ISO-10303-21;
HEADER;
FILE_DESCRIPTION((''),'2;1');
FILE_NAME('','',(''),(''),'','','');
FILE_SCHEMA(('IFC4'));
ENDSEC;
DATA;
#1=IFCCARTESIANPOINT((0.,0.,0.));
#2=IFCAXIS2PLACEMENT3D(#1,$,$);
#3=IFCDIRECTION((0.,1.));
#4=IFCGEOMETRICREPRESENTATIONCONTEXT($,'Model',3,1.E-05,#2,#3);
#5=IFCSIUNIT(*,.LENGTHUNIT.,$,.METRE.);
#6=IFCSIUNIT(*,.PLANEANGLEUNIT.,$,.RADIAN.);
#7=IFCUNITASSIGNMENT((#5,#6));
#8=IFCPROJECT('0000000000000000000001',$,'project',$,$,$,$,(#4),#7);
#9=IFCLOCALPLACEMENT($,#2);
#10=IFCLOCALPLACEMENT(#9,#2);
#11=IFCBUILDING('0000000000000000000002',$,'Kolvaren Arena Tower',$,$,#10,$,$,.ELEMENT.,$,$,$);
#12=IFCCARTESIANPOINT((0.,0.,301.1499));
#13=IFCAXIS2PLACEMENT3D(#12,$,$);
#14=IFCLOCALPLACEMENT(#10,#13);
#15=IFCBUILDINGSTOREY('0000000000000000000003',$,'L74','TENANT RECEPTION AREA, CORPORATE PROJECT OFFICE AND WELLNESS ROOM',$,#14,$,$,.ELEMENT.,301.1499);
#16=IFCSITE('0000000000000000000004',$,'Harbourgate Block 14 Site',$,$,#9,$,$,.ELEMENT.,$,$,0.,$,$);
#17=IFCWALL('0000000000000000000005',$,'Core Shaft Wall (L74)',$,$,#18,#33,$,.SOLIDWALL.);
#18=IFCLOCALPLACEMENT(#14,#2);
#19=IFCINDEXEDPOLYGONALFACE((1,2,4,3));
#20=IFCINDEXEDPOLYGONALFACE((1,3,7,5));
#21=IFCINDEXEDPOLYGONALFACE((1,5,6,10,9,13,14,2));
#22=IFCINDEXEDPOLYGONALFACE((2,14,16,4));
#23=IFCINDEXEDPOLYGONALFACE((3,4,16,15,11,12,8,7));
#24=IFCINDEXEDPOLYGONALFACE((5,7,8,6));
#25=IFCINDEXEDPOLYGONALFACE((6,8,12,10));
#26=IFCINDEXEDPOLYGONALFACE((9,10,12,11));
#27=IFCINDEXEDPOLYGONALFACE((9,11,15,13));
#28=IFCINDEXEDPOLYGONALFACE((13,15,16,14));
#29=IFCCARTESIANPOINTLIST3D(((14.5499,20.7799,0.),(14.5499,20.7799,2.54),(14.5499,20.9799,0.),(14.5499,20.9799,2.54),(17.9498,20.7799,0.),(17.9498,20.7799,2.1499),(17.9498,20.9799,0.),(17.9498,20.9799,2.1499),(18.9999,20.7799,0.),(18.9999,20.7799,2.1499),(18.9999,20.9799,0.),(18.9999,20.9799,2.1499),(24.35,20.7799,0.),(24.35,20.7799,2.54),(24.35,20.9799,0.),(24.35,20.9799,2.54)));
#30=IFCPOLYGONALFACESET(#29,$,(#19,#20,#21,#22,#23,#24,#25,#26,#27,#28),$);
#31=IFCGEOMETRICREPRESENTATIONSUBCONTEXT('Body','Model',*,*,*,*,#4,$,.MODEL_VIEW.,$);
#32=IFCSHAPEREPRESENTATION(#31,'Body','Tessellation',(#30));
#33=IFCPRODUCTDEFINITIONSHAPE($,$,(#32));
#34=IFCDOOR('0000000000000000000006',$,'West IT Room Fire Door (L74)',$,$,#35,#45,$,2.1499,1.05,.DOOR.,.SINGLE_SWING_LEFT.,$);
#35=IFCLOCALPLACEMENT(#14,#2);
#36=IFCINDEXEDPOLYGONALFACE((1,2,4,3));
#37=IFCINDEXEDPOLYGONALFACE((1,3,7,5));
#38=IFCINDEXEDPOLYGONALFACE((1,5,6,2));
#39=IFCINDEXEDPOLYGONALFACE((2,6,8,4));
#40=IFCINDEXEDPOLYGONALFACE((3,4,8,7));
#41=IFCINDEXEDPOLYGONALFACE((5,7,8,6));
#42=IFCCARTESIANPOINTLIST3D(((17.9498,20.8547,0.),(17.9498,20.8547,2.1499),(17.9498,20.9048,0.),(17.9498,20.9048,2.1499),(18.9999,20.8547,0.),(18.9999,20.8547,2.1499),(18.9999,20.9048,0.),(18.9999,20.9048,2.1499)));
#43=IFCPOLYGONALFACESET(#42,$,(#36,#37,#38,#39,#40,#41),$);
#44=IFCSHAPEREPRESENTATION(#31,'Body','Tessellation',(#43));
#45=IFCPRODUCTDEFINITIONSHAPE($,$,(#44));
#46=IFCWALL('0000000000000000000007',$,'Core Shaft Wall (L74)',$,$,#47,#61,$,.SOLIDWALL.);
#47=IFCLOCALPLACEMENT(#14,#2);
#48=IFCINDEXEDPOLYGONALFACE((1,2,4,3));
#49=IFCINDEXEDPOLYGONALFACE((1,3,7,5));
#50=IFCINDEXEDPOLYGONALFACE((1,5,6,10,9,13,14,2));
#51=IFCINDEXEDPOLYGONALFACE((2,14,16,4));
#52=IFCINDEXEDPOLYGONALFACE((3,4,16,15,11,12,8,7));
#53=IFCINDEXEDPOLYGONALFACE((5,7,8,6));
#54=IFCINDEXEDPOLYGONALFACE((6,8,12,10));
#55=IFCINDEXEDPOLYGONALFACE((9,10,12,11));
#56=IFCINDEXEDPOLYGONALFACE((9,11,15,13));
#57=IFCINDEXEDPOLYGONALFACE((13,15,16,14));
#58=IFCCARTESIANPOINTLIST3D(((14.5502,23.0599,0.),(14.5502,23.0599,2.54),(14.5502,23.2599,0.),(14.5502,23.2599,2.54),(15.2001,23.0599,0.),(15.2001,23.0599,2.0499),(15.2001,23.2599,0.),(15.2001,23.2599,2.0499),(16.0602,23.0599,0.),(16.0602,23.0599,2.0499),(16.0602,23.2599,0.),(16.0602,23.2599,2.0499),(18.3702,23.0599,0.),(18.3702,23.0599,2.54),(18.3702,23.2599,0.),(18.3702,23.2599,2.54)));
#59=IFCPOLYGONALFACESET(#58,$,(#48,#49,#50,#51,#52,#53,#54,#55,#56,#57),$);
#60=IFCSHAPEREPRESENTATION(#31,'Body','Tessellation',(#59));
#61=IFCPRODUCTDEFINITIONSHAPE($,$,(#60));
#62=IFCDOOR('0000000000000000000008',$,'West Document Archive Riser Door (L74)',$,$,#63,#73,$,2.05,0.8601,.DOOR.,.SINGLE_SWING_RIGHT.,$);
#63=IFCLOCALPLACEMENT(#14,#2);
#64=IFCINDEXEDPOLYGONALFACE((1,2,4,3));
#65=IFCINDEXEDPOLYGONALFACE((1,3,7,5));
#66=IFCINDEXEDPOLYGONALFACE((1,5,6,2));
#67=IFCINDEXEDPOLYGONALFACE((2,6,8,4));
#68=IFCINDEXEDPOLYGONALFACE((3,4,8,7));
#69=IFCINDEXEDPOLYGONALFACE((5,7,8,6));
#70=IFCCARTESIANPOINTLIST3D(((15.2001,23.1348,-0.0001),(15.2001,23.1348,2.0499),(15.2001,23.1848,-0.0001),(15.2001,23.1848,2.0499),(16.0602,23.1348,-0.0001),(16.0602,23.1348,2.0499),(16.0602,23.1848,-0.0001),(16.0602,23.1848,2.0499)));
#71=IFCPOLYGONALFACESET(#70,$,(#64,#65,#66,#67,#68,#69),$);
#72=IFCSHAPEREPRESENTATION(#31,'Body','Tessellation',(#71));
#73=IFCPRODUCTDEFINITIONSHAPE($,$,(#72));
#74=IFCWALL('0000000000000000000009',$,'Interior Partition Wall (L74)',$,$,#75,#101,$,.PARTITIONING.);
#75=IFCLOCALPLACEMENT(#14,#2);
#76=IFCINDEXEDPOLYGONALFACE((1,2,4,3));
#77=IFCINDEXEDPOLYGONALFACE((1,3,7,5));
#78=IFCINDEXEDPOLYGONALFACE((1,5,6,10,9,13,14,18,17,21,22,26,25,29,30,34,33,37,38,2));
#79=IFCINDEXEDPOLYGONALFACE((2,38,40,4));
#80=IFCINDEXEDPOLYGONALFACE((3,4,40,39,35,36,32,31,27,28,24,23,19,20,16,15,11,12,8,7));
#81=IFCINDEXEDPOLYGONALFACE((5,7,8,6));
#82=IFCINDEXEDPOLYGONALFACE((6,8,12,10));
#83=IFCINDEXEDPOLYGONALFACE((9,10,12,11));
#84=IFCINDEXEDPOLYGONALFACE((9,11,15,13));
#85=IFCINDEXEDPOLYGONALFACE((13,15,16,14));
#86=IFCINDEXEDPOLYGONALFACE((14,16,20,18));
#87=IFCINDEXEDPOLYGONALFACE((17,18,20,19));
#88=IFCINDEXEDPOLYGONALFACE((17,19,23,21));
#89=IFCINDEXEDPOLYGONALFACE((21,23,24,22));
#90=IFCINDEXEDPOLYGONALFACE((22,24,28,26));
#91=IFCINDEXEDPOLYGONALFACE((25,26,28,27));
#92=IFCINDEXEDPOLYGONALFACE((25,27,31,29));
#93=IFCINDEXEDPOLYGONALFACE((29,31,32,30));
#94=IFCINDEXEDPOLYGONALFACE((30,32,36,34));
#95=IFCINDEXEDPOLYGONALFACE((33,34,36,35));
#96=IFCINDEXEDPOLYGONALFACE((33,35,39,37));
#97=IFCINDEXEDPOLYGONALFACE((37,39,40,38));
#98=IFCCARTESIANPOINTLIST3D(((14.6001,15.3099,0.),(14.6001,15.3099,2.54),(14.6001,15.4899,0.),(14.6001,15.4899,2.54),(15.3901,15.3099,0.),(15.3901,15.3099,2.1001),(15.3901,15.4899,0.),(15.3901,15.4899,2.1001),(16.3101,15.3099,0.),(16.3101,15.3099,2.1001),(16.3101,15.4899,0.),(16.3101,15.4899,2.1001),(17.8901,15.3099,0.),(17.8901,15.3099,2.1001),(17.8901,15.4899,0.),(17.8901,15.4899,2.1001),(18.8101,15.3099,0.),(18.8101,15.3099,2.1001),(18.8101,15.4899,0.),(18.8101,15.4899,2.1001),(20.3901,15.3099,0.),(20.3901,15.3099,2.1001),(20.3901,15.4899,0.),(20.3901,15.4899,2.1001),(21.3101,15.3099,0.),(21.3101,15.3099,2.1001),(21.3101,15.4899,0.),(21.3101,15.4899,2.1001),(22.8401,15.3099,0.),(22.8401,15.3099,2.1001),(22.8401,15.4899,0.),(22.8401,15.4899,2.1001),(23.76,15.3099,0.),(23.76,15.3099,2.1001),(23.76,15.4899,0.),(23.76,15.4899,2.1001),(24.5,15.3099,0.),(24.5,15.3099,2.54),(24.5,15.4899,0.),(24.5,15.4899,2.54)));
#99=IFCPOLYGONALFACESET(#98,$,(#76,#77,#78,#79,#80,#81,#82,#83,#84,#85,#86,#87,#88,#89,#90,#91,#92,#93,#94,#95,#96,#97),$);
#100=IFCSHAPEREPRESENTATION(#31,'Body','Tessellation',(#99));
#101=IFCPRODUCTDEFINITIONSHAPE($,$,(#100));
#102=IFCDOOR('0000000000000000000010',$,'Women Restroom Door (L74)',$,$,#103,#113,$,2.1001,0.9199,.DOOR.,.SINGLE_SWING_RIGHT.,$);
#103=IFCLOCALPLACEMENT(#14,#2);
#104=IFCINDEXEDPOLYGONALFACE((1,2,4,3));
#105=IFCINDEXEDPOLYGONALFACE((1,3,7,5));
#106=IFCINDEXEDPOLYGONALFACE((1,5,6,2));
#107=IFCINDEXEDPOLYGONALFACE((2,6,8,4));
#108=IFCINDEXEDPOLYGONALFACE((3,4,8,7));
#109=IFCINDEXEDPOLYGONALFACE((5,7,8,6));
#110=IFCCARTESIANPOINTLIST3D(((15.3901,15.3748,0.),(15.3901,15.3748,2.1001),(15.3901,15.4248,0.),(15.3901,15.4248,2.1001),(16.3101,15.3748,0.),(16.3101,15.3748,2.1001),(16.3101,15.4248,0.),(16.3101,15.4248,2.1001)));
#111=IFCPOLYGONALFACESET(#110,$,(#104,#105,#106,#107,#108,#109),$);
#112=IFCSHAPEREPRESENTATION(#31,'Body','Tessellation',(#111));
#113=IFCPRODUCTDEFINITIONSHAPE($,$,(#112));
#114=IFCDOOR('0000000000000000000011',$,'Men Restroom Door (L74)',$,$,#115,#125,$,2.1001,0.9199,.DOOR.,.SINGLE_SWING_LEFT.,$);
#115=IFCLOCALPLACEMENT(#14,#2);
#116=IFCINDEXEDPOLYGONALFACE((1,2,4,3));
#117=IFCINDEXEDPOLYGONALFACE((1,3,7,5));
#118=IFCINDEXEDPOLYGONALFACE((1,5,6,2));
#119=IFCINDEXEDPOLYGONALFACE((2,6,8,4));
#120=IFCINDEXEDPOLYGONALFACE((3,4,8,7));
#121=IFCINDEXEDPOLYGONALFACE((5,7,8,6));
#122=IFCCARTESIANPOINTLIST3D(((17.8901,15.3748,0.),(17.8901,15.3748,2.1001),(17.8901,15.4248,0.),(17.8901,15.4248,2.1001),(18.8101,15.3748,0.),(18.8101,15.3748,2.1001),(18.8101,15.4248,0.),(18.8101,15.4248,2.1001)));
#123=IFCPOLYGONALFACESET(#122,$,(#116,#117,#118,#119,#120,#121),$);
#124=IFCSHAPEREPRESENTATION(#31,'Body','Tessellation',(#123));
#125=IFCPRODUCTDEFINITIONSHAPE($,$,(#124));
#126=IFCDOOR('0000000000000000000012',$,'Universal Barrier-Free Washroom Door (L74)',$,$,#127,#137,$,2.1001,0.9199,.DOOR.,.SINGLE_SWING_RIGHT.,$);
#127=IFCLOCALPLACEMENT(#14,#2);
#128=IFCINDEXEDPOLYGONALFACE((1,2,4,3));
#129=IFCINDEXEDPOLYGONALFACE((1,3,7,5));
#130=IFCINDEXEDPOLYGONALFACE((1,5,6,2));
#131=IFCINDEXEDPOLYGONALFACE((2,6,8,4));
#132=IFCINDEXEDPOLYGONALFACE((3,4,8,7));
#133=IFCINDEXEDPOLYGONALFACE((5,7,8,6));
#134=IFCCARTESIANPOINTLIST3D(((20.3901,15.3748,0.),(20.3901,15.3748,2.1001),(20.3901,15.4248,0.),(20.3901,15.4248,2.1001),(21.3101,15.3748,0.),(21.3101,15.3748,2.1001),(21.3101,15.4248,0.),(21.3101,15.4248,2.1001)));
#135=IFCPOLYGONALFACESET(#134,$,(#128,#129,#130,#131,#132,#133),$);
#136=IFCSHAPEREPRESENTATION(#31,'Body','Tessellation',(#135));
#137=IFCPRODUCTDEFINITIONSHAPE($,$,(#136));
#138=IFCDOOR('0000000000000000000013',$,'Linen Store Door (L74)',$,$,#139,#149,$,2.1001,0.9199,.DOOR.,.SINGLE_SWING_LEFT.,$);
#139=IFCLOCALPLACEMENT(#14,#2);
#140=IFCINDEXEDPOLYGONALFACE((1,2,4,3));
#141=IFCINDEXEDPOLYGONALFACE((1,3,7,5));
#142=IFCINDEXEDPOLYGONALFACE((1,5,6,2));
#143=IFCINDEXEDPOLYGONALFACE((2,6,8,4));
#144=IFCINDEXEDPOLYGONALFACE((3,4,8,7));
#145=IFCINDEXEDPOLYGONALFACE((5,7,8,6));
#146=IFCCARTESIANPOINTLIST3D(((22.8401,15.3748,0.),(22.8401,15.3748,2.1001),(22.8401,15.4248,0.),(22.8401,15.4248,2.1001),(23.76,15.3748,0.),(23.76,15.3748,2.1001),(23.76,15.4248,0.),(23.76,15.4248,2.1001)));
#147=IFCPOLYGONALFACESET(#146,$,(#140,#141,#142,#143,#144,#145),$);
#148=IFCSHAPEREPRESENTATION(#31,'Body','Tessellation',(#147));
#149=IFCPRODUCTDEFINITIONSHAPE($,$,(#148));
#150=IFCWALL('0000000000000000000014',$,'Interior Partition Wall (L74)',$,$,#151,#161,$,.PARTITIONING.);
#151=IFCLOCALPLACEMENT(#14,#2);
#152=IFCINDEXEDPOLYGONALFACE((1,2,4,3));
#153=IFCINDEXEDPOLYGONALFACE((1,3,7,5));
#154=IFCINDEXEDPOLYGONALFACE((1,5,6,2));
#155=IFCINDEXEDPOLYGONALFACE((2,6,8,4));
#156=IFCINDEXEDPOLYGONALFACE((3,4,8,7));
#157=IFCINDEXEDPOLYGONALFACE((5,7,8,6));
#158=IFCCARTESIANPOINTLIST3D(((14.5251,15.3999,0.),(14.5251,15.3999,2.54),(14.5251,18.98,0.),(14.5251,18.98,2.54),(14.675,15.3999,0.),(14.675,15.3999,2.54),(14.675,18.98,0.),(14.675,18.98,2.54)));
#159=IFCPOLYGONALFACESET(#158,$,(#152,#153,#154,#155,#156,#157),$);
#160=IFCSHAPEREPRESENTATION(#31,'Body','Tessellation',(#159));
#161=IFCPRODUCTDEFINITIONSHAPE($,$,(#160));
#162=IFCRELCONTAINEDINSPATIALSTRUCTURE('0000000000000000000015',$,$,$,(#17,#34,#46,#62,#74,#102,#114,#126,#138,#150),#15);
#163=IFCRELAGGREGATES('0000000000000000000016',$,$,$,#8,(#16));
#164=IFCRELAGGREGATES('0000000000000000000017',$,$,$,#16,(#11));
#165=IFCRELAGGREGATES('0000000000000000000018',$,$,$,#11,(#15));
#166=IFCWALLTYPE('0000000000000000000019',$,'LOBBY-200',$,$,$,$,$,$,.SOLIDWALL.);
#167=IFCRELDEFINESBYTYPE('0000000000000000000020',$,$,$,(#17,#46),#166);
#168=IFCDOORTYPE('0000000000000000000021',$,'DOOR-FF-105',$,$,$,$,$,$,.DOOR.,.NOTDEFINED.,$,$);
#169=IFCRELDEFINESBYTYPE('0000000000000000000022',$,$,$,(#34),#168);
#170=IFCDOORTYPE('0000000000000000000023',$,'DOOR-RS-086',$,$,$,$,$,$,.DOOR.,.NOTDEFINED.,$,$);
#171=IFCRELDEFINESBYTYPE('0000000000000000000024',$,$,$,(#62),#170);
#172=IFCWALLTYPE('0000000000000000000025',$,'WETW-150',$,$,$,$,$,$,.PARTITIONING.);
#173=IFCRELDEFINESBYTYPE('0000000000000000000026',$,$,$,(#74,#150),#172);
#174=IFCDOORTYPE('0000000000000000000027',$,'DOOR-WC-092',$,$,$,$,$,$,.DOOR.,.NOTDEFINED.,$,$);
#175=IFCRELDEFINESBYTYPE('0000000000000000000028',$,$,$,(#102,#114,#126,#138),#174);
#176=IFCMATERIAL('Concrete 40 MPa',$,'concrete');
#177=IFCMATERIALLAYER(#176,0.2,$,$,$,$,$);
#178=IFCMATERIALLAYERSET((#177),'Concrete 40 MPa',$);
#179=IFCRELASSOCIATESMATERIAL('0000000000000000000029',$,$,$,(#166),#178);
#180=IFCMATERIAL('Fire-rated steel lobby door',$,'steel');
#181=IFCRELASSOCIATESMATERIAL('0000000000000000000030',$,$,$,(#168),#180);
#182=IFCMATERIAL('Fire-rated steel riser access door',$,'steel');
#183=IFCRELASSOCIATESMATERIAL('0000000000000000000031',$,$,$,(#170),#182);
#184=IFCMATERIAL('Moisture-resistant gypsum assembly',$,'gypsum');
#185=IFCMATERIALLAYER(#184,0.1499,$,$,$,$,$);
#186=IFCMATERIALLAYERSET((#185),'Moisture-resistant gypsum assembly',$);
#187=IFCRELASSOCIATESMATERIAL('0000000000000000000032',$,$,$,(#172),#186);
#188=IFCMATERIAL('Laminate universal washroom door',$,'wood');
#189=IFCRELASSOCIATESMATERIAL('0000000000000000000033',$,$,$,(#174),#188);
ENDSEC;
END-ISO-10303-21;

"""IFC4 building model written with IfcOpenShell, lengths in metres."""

from ifc_helpers import new_model, si_unit, direction, frame, frame_2d, origin, place, context, subcontext, project, spatial, rectangle, extrude, material, layer, layer_set, type_object, element, fill, save


model = new_model("IFC4")

# Units and contexts
model_context = context("Model", 3, precision=1e-05, world=origin(), true_north=direction((0.0, 1.0)))
body_context = subcontext(model_context, "Body", "Model", "MODEL_VIEW")
ifc_project = project(units=[si_unit("LENGTHUNIT", "METRE"), si_unit("PLANEANGLEUNIT", "RADIAN")], contexts=[model_context])

# Site, building, storey
site_placement = place(None, origin())
site = spatial("IfcSite", under=ifc_project, at=site_placement, Name="Harbourgate Block 14 Site", CompositionType="ELEMENT", RefElevation=0.0)
building_placement = place(site_placement, origin())
building = spatial("IfcBuilding", under=site, at=building_placement, Name="Kolvaren Arena Tower", CompositionType="ELEMENT")
storey_placement = place(building_placement, frame((0.0, 0.0, 301.1499)))
storey = spatial("IfcBuildingStorey", under=building, at=storey_placement, Name="L74", Description="TENANT RECEPTION AREA, CORPORATE PROJECT OFFICE AND WELLNESS ROOM", CompositionType="ELEMENT", Elevation=301.1499)

# Walls, openings, doors
ifc_material_1 = material(Name="Concrete 40 MPa", Category="concrete")
ifc_layer_1 = layer(ifc_material_1, 0.2)
ifc_layer_set_1 = layer_set([ifc_layer_1], Name="Concrete 40 MPa")
wall_type_1 = type_object("IfcWallType", Name="LOBBY-200", PredefinedType="SOLIDWALL", material=ifc_layer_set_1)
wall_1_placement = place(storey_placement, frame((14.55, 20.8799, 0.0), z_axis=(0.0, 0.0, 1.0), x_axis=(1.0, 0.0, 0.0)))
wall_1 = element("IfcWall", 1, at=wall_1_placement, inside=storey, type_object=wall_type_1, Name="Core Shaft Wall (L74)", PredefinedType="SOLIDWALL", context=body_context, shape_type="SweptSolid", body=[
    extrude(rectangle(XDim=9.8, YDim=0.2, at=frame_2d((4.8999, 0.0))), origin(), (0.0, 0.0, 1.0), 2.54),
])
opening_1_placement = place(wall_1_placement, frame((3.3999, 0.0, 0.0)))
opening_1 = element("IfcOpeningElement", 2, at=opening_1_placement, cuts=wall_1, PredefinedType="OPENING", context=body_context, shape_type="SweptSolid", body=[
    extrude(rectangle(XDim=1.05, YDim=2.1499, at=frame_2d((0.5249, 1.075))), frame((0.0, 0.1099, 0.0), z_axis=(0.0, -1.0, 0.0), x_axis=(1.0, 0.0, 0.0)), (0.0, 0.0, 1.0), 0.22),
])
ifc_material_2 = material(Name="Fire-rated steel lobby door", Category="steel")
door_type_1 = type_object("IfcDoorType", Name="DOOR-FF-105", OperationType="NOTDEFINED", PredefinedType="DOOR", material=ifc_material_2)
door_1_placement = place(opening_1_placement, origin())
door_1 = element("IfcDoor", 3, at=door_1_placement, inside=storey, type_object=door_type_1, Name="West IT Room Fire Door (L74)", OperationType="SINGLE_SWING_LEFT", OverallHeight=2.1499, OverallWidth=1.05, PredefinedType="DOOR", context=body_context, shape_type="SweptSolid", body=[
    extrude(rectangle(XDim=1.05, YDim=2.1499, at=frame_2d((0.5249, 1.075))), frame((0.0, 0.0249, 0.0), z_axis=(0.0, -1.0, 0.0), x_axis=(1.0, 0.0, 0.0)), (0.0, 0.0, 1.0), 0.05),
])
fill(opening_1, door_1)
wall_2_placement = place(storey_placement, frame((14.55, 23.1599, 0.0), z_axis=(0.0, 0.0, 1.0), x_axis=(1.0, 0.0, 0.0)))
wall_2 = element("IfcWall", 4, at=wall_2_placement, inside=storey, type_object=wall_type_1, Name="Core Shaft Wall (L74)", PredefinedType="SOLIDWALL", context=body_context, shape_type="SweptSolid", body=[
    extrude(rectangle(XDim=3.8201, YDim=0.2, at=frame_2d((1.9102, 0.0))), origin(), (0.0, 0.0, 1.0), 2.54),
])
opening_2_placement = place(wall_2_placement, frame((0.6499, 0.0, 0.0)))
opening_2 = element("IfcOpeningElement", 5, at=opening_2_placement, cuts=wall_2, PredefinedType="OPENING", context=body_context, shape_type="SweptSolid", body=[
    extrude(rectangle(XDim=0.8601, YDim=2.05, at=frame_2d((0.4302, 1.0249))), frame((0.0, 0.1099, 0.0), z_axis=(0.0, -1.0, 0.0), x_axis=(1.0, 0.0, 0.0)), (0.0, 0.0, 1.0), 0.22),
])
ifc_material_3 = material(Name="Fire-rated steel riser access door", Category="steel")
door_type_2 = type_object("IfcDoorType", Name="DOOR-RS-086", OperationType="NOTDEFINED", PredefinedType="DOOR", material=ifc_material_3)
door_2_placement = place(opening_2_placement, origin())
door_2 = element("IfcDoor", 6, at=door_2_placement, inside=storey, type_object=door_type_2, Name="West Document Archive Riser Door (L74)", OperationType="SINGLE_SWING_RIGHT", OverallHeight=2.05, OverallWidth=0.8601, PredefinedType="DOOR", context=body_context, shape_type="SweptSolid", body=[
    extrude(rectangle(XDim=0.8601, YDim=2.05, at=frame_2d((0.4302, 1.0249))), frame((0.0, 0.0249, 0.0), z_axis=(0.0, -1.0, 0.0), x_axis=(1.0, 0.0, 0.0)), (0.0, 0.0, 1.0), 0.05),
])
fill(opening_2, door_2)

# Wall, openings, doors
ifc_material_4 = material(Name="Moisture-resistant gypsum assembly", Category="gypsum")
ifc_layer_2 = layer(ifc_material_4, 0.1499)
ifc_layer_set_2 = layer_set([ifc_layer_2], Name="Moisture-resistant gypsum assembly")
wall_type_2 = type_object("IfcWallType", Name="WETW-150", PredefinedType="PARTITIONING", material=ifc_layer_set_2)
wall_3_placement = place(storey_placement, frame((14.6001, 15.3999, 0.0), z_axis=(0.0, 0.0, 1.0), x_axis=(1.0, 0.0, 0.0)))
wall_3 = element("IfcWall", 7, at=wall_3_placement, inside=storey, type_object=wall_type_2, Name="Interior Partition Wall (L74)", PredefinedType="PARTITIONING", context=body_context, shape_type="SweptSolid", body=[
    extrude(rectangle(XDim=9.8999, YDim=0.1799, at=frame_2d((4.95, 0.0))), origin(), (0.0, 0.0, 1.0), 2.54),
])
opening_3_placement = place(wall_3_placement, frame((0.79, 0.0, 0.0)))
opening_3 = element("IfcOpeningElement", 8, at=opening_3_placement, cuts=wall_3, PredefinedType="OPENING", context=body_context, shape_type="SweptSolid", body=[
    extrude(rectangle(XDim=0.9199, YDim=2.1001, at=frame_2d((0.46, 1.05))), frame((0.0, 0.0999, 0.0), z_axis=(0.0, -1.0, 0.0), x_axis=(1.0, 0.0, 0.0)), (0.0, 0.0, 1.0), 0.2),
])
opening_4_placement = place(wall_3_placement, frame((3.29, 0.0, 0.0)))
opening_4 = element("IfcOpeningElement", 9, at=opening_4_placement, cuts=wall_3, PredefinedType="OPENING", context=body_context, shape_type="SweptSolid", body=[
    extrude(rectangle(XDim=0.9199, YDim=2.1001, at=frame_2d((0.46, 1.05))), frame((0.0, 0.0999, 0.0), z_axis=(0.0, -1.0, 0.0), x_axis=(1.0, 0.0, 0.0)), (0.0, 0.0, 1.0), 0.2),
])
opening_5_placement = place(wall_3_placement, frame((5.79, 0.0, 0.0)))
opening_5 = element("IfcOpeningElement", 10, at=opening_5_placement, cuts=wall_3, PredefinedType="OPENING", context=body_context, shape_type="SweptSolid", body=[
    extrude(rectangle(XDim=0.9199, YDim=2.1001, at=frame_2d((0.46, 1.05))), frame((0.0, 0.0999, 0.0), z_axis=(0.0, -1.0, 0.0), x_axis=(1.0, 0.0, 0.0)), (0.0, 0.0, 1.0), 0.2),
])
opening_6_placement = place(wall_3_placement, frame((8.24, 0.0, 0.0)))
opening_6 = element("IfcOpeningElement", 11, at=opening_6_placement, cuts=wall_3, PredefinedType="OPENING", context=body_context, shape_type="SweptSolid", body=[
    extrude(rectangle(XDim=0.9199, YDim=2.1001, at=frame_2d((0.46, 1.05))), frame((0.0, 0.0999, 0.0), z_axis=(0.0, -1.0, 0.0), x_axis=(1.0, 0.0, 0.0)), (0.0, 0.0, 1.0), 0.2),
])
ifc_material_5 = material(Name="Laminate universal washroom door", Category="wood")
door_type_3 = type_object("IfcDoorType", Name="DOOR-WC-092", OperationType="NOTDEFINED", PredefinedType="DOOR", material=ifc_material_5)
door_3_placement = place(opening_3_placement, origin())
door_3 = element("IfcDoor", 12, at=door_3_placement, inside=storey, type_object=door_type_3, Name="Women Restroom Door (L74)", OperationType="SINGLE_SWING_RIGHT", OverallHeight=2.1001, OverallWidth=0.9199, PredefinedType="DOOR", context=body_context, shape_type="SweptSolid", body=[
    extrude(rectangle(XDim=0.9199, YDim=2.1001, at=frame_2d((0.46, 1.05))), frame((0.0, 0.0249, 0.0), z_axis=(0.0, -1.0, 0.0), x_axis=(1.0, 0.0, 0.0)), (0.0, 0.0, 1.0), 0.05),
])
fill(opening_3, door_3)
door_4_placement = place(opening_4_placement, origin())
door_4 = element("IfcDoor", 13, at=door_4_placement, inside=storey, type_object=door_type_3, Name="Men Restroom Door (L74)", OperationType="SINGLE_SWING_LEFT", OverallHeight=2.1001, OverallWidth=0.9199, PredefinedType="DOOR", context=body_context, shape_type="SweptSolid", body=[
    extrude(rectangle(XDim=0.9199, YDim=2.1001, at=frame_2d((0.46, 1.05))), frame((0.0, 0.0249, 0.0), z_axis=(0.0, -1.0, 0.0), x_axis=(1.0, 0.0, 0.0)), (0.0, 0.0, 1.0), 0.05),
])
fill(opening_4, door_4)
door_5_placement = place(opening_5_placement, origin())
door_5 = element("IfcDoor", 14, at=door_5_placement, inside=storey, type_object=door_type_3, Name="Universal Barrier-Free Washroom Door (L74)", OperationType="SINGLE_SWING_RIGHT", OverallHeight=2.1001, OverallWidth=0.9199, PredefinedType="DOOR", context=body_context, shape_type="SweptSolid", body=[
    extrude(rectangle(XDim=0.9199, YDim=2.1001, at=frame_2d((0.46, 1.05))), frame((0.0, 0.0249, 0.0), z_axis=(0.0, -1.0, 0.0), x_axis=(1.0, 0.0, 0.0)), (0.0, 0.0, 1.0), 0.05),
])
fill(opening_5, door_5)
door_6_placement = place(opening_6_placement, origin())
door_6 = element("IfcDoor", 15, at=door_6_placement, inside=storey, type_object=door_type_3, Name="Linen Store Door (L74)", OperationType="SINGLE_SWING_LEFT", OverallHeight=2.1001, OverallWidth=0.9199, PredefinedType="DOOR", context=body_context, shape_type="SweptSolid", body=[
    extrude(rectangle(XDim=0.9199, YDim=2.1001, at=frame_2d((0.46, 1.05))), frame((0.0, 0.0249, 0.0), z_axis=(0.0, -1.0, 0.0), x_axis=(1.0, 0.0, 0.0)), (0.0, 0.0, 1.0), 0.05),
])
fill(opening_6, door_6)

# Wall
wall_4_placement = place(storey_placement, frame((14.6001, 15.3999, 0.0), z_axis=(0.0, 0.0, 1.0), x_axis=(0.0, 1.0, 0.0)))
element("IfcWall", 16, at=wall_4_placement, inside=storey, type_object=wall_type_2, Name="Interior Partition Wall (L74)", PredefinedType="PARTITIONING", context=body_context, shape_type="SweptSolid", body=[
    extrude(rectangle(XDim=3.5801, YDim=0.1499, at=frame_2d((1.79, 0.0))), origin(), (0.0, 0.0, 1.0), 2.54),
])

save(model, "model.ifc")
